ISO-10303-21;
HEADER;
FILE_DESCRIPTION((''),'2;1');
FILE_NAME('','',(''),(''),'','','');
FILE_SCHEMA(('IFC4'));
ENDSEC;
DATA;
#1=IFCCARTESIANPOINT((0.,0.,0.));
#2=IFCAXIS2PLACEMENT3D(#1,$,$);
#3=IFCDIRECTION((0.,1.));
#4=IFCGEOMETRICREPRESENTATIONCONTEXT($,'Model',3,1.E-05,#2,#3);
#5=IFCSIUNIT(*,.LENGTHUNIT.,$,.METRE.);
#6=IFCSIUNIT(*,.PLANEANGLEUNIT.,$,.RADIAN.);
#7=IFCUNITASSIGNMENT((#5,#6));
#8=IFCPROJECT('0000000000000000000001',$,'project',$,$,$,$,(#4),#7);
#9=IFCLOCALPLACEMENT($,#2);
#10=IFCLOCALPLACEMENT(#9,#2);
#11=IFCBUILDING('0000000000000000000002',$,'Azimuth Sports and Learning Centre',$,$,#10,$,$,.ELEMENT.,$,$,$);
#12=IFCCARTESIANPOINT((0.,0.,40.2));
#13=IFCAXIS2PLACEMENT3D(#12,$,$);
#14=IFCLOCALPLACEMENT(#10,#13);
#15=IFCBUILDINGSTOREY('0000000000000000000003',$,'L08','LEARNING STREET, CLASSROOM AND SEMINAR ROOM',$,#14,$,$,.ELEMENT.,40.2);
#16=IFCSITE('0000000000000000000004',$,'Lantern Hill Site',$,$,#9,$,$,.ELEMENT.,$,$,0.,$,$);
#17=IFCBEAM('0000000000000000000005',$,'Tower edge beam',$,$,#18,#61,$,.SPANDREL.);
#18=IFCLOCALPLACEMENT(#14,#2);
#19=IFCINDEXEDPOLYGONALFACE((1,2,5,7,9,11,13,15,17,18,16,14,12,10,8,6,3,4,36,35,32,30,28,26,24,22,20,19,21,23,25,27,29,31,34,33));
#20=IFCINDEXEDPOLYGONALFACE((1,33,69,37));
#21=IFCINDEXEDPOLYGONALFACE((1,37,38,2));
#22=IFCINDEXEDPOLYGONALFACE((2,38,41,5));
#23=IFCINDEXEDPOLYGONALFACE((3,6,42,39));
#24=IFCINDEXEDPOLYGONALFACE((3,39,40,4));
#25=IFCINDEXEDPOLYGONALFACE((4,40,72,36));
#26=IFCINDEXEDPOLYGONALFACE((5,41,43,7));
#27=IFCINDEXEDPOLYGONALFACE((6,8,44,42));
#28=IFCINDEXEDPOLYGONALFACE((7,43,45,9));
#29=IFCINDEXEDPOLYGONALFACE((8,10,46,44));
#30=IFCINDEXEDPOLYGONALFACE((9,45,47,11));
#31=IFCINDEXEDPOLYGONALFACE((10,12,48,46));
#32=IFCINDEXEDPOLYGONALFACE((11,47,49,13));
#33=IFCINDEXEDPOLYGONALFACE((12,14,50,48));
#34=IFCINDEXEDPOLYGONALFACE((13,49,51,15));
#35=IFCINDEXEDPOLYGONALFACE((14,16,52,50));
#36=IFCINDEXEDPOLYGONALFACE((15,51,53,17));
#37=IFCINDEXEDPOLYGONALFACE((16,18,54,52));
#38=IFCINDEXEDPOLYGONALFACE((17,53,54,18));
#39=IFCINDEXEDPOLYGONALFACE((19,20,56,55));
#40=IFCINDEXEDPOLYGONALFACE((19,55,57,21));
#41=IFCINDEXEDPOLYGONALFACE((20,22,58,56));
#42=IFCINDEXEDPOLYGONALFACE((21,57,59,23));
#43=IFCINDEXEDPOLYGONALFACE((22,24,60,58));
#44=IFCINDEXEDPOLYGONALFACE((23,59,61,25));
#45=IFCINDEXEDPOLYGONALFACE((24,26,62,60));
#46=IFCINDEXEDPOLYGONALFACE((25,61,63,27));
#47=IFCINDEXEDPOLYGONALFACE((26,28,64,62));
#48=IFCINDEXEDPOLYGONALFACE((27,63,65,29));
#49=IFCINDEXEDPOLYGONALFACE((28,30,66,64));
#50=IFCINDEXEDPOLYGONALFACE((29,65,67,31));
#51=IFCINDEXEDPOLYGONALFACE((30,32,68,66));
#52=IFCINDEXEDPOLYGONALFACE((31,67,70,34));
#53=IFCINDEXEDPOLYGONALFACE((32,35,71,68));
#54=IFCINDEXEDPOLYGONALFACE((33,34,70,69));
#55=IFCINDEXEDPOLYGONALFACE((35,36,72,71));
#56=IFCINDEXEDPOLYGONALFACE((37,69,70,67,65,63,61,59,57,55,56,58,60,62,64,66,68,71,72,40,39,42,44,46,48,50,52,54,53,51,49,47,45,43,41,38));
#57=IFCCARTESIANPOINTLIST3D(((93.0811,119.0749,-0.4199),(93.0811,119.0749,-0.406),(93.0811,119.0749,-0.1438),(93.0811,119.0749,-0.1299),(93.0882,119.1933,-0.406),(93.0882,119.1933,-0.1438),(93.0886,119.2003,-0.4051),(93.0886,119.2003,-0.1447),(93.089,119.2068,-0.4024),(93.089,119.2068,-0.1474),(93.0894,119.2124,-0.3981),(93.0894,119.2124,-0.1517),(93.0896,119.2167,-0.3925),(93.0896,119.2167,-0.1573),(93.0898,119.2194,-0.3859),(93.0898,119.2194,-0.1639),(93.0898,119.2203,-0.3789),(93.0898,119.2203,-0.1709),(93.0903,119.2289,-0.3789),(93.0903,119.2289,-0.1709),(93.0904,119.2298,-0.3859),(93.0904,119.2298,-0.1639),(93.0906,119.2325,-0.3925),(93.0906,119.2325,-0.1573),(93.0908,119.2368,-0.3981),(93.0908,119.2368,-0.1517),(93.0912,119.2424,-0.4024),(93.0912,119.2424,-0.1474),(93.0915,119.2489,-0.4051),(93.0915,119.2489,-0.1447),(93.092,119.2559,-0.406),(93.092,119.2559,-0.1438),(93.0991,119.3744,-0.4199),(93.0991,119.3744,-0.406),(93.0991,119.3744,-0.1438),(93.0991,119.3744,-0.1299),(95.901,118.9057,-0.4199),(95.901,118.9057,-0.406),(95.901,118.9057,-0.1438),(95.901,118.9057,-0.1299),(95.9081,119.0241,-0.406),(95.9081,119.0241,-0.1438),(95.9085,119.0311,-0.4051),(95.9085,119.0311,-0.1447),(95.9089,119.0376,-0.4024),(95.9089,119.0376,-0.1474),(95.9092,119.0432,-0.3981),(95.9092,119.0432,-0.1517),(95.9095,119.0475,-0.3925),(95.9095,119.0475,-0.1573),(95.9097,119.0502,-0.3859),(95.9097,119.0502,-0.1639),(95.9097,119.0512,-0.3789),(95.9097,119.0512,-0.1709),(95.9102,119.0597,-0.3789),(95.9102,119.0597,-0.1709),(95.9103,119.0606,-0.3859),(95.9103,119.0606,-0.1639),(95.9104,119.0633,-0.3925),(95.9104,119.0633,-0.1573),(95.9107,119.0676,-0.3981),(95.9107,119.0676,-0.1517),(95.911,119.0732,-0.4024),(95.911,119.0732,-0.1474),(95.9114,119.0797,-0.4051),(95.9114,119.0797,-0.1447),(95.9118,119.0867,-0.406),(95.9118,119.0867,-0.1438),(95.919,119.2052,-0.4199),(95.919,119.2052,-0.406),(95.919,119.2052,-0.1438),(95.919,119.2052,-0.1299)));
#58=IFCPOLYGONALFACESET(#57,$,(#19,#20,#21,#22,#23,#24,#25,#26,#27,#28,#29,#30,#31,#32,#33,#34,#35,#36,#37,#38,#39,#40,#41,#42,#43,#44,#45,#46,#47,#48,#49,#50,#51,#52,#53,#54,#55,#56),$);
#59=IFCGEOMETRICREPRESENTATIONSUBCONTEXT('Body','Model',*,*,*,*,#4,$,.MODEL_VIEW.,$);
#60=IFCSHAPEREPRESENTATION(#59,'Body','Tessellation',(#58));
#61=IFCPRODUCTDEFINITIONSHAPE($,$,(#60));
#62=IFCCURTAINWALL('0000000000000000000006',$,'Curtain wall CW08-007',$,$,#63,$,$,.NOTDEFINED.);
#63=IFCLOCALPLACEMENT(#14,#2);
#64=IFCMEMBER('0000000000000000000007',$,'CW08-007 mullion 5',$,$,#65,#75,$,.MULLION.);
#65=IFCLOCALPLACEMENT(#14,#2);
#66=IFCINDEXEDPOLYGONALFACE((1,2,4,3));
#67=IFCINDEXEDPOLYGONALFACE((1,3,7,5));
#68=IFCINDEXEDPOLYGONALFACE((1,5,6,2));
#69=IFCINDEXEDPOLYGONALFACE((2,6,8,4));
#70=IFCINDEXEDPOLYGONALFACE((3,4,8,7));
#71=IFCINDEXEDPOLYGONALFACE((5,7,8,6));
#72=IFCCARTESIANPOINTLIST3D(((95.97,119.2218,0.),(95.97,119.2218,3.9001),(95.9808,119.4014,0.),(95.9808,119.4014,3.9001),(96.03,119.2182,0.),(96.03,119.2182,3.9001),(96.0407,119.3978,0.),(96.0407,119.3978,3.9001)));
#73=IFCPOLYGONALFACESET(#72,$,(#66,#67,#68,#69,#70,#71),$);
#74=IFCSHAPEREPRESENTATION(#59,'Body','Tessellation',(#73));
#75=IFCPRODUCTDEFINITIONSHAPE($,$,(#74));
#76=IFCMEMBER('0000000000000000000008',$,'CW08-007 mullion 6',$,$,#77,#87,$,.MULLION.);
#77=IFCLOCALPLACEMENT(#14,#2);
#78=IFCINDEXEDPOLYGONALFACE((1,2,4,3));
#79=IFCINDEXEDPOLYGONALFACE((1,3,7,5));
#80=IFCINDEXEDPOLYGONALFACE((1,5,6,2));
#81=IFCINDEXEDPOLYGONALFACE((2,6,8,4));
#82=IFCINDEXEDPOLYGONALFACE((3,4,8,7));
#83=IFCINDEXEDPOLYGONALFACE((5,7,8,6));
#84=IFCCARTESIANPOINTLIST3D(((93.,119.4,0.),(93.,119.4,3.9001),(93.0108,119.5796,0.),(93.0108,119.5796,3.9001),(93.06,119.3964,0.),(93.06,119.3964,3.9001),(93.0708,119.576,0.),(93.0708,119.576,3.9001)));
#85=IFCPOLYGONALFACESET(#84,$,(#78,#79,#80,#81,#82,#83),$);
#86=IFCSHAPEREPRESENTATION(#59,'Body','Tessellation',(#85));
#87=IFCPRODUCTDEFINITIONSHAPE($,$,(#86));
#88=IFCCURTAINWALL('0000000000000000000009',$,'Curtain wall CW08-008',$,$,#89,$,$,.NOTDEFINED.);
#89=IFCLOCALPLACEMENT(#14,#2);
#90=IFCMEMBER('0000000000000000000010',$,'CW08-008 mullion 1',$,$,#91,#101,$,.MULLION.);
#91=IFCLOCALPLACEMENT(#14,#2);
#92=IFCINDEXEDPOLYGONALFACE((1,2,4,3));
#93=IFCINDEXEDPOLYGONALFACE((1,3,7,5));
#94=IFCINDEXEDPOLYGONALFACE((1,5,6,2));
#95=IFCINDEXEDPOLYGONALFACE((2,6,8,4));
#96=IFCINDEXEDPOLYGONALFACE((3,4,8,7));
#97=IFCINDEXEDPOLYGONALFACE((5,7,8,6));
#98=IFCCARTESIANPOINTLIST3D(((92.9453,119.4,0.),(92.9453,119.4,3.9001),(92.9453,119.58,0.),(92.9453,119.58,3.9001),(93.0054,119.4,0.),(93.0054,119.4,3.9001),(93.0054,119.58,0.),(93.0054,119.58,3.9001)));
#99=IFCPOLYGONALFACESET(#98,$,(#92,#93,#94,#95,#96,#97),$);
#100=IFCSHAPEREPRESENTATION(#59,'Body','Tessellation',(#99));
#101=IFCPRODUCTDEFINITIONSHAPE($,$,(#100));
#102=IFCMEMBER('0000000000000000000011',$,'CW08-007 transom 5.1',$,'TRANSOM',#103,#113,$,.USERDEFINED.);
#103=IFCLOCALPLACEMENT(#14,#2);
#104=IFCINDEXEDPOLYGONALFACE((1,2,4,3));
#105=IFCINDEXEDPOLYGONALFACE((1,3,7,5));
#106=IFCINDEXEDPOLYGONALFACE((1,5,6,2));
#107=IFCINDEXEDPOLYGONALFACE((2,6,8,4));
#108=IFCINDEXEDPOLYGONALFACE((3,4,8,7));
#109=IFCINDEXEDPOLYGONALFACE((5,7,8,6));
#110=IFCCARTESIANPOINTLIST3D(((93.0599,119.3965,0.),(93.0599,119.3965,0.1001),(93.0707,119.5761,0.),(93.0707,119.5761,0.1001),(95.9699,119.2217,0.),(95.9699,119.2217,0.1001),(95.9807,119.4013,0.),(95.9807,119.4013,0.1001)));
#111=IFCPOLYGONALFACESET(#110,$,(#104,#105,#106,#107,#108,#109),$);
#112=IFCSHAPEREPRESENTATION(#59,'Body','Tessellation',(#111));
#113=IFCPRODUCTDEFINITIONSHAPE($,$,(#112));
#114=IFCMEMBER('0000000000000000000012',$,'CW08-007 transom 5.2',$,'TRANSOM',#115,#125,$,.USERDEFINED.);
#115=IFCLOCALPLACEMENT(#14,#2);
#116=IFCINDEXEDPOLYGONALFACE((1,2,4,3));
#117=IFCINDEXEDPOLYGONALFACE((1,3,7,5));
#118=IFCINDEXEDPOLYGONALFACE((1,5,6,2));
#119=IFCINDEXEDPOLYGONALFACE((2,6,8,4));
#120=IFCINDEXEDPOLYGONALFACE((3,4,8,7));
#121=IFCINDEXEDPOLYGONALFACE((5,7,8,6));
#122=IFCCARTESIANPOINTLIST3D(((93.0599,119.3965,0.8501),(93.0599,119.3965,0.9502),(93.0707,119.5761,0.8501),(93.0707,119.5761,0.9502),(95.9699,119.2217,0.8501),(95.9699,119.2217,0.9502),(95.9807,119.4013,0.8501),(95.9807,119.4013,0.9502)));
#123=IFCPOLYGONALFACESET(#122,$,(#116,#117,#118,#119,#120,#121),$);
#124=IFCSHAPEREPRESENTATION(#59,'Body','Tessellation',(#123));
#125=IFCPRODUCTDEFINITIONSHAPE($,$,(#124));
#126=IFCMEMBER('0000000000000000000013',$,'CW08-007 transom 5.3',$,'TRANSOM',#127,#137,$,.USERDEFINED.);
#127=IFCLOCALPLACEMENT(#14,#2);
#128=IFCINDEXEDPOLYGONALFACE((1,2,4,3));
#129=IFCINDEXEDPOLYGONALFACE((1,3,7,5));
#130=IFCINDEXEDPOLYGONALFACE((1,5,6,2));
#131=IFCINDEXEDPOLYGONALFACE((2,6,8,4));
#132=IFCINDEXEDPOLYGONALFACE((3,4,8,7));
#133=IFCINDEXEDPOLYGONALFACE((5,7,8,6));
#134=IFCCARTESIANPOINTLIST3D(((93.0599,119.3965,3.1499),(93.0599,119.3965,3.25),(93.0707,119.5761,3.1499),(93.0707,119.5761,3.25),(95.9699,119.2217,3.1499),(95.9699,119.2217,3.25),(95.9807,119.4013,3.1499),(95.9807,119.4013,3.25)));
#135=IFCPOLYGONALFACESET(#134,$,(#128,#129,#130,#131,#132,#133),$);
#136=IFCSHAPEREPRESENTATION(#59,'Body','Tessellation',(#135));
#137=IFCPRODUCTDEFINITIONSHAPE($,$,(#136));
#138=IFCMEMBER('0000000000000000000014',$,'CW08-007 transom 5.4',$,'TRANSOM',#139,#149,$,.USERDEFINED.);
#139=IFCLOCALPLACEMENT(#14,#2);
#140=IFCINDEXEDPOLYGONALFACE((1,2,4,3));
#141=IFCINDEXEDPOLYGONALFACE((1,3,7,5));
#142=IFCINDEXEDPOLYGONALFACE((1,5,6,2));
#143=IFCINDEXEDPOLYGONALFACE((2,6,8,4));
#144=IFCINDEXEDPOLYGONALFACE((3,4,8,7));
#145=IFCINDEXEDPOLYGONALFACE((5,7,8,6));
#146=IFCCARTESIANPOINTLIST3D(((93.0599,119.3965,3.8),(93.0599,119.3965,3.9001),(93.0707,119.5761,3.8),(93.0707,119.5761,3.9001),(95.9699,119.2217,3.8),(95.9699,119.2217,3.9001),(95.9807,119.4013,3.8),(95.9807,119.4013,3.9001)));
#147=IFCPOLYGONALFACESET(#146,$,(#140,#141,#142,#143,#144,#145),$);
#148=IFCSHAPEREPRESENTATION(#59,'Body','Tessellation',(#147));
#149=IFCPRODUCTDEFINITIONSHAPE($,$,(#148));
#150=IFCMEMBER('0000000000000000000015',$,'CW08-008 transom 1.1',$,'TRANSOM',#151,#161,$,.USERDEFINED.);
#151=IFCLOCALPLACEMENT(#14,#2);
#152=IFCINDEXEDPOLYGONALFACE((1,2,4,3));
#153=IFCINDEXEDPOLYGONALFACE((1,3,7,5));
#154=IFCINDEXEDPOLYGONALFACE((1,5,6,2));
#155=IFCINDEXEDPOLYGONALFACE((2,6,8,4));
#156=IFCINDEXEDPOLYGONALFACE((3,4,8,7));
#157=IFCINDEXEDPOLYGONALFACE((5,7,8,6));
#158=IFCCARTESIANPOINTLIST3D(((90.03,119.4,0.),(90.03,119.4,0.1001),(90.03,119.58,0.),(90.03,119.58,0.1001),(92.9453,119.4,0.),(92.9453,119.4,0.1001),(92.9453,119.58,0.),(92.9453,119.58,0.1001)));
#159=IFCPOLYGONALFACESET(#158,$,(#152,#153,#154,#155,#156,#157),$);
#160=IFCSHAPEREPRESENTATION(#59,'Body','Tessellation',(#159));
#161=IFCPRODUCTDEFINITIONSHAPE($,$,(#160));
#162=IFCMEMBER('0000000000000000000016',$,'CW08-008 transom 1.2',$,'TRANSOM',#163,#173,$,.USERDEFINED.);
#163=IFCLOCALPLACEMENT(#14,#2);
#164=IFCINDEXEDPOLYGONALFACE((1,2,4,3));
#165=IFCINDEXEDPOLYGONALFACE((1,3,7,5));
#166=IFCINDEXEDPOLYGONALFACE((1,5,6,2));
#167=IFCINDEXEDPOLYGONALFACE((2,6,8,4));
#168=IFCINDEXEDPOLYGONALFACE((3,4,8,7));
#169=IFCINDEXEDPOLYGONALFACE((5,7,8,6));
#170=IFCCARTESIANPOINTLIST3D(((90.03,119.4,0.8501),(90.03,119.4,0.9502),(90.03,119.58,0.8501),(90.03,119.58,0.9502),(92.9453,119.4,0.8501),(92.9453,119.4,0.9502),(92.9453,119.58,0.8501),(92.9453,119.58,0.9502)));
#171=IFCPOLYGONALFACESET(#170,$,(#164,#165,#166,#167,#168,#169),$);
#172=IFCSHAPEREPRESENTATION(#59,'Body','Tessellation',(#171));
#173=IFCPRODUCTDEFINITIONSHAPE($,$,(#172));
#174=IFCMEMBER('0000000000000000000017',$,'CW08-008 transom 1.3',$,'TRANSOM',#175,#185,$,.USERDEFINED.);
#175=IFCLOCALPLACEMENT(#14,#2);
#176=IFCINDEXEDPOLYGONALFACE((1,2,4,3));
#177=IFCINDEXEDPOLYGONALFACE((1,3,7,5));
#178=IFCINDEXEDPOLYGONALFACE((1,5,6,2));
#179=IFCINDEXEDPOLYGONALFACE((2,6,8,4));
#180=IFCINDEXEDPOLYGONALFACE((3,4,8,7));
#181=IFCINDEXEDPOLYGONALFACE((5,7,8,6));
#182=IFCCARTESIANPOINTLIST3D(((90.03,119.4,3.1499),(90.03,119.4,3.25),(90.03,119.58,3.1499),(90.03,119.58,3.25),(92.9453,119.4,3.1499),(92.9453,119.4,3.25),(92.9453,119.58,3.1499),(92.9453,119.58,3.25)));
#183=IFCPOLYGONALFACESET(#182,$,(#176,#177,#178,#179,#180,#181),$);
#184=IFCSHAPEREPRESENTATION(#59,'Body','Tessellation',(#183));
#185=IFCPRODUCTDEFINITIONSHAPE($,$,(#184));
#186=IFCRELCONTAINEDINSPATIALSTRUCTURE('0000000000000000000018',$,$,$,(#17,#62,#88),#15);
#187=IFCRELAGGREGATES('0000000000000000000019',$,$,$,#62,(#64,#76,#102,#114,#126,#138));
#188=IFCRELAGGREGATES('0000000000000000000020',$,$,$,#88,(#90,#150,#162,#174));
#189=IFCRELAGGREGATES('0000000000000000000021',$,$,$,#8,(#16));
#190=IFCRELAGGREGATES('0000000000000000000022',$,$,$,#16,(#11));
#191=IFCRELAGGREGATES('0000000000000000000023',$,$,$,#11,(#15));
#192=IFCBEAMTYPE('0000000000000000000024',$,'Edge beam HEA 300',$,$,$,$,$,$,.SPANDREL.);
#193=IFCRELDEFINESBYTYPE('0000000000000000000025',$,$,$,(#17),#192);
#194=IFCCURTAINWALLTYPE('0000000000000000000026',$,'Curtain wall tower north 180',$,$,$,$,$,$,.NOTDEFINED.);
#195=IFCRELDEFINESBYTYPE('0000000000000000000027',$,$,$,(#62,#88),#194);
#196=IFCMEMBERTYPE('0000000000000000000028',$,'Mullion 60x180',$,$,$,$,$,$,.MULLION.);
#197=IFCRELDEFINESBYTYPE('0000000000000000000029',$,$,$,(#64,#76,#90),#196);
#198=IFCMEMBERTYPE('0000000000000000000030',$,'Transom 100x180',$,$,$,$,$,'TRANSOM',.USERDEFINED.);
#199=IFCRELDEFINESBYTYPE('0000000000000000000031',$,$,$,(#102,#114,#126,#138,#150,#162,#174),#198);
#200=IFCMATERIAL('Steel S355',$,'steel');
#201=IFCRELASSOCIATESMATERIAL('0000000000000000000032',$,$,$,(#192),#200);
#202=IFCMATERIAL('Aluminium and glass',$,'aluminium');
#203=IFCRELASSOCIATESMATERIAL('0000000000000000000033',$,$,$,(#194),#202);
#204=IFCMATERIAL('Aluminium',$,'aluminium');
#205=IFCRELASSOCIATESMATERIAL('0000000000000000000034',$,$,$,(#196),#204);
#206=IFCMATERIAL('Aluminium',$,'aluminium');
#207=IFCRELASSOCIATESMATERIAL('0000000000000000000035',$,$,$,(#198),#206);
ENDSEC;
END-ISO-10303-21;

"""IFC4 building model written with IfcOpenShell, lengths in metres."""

from ifc_helpers import new_model, si_unit, direction, frame, origin, origin_2d, place, context, subcontext, project, spatial, rectangle, i_section, extrude, material, material_profile, profile_set, type_object, element, aggregate, save


model = new_model("IFC4")

# Units and contexts
model_context = context("Model", 3, precision=1e-05, world=origin(), true_north=direction((0.0, 1.0)))
body_context = subcontext(model_context, "Body", "Model", "MODEL_VIEW")
ifc_project = project(units=[si_unit("LENGTHUNIT", "METRE"), si_unit("PLANEANGLEUNIT", "RADIAN")], contexts=[model_context])

# Site, building, storey
site_placement = place(None, origin())
site = spatial("IfcSite", under=ifc_project, at=site_placement, Name="Lantern Hill Site", CompositionType="ELEMENT", RefElevation=0.0)
building_placement = place(site_placement, origin())
building = spatial("IfcBuilding", under=site, at=building_placement, Name="Azimuth Sports and Learning Centre", CompositionType="ELEMENT")
storey_placement = place(building_placement, frame((0.0, 0.0, 40.2)))
storey = spatial("IfcBuildingStorey", under=building, at=storey_placement, Name="L08", Description="LEARNING STREET, CLASSROOM AND SEMINAR ROOM", CompositionType="ELEMENT", Elevation=40.2)

# Beam
ifc_material_1 = material(Name="Steel S355", Category="steel")
ifc_material_profile_1 = material_profile(ifc_material_1, i_section(OverallWidth=0.3, OverallDepth=0.29, WebThickness=0.0085, FlangeThickness=0.0139, FilletRadius=0.0271, at=origin_2d()), Name="HEA 300")
ifc_profile_set_1 = profile_set([ifc_material_profile_1], Name="Steel S355")
beam_type = type_object("IfcBeamType", Name="Edge beam HEA 300", PredefinedType="SPANDREL", material=ifc_profile_set_1)
beam_placement = place(storey_placement, frame((93.0901, 119.2246, -0.2749), z_axis=(0.998205, -0.059892, 0.0), x_axis=(0.059892, 0.998205, 0.0)))
element("IfcBeam", 1, at=beam_placement, inside=storey, type_object=beam_type, Name="Tower edge beam", PredefinedType="SPANDREL", context=body_context, shape_type="SweptSolid", body=[
    extrude(i_section(OverallWidth=0.3, OverallDepth=0.29, WebThickness=0.0085, FlangeThickness=0.0139, FilletRadius=0.0271, at=origin_2d()), origin(), (0.0, 0.0, 1.0), 2.825),
])

# Curtain wall, members
ifc_material_2 = material(Name="Aluminium and glass", Category="aluminium")
curtain_wall_type = type_object("IfcCurtainWallType", Name="Curtain wall tower north 180", PredefinedType="NOTDEFINED", material=ifc_material_2)
curtain_wall_1_placement = place(storey_placement, origin())
curtain_wall_1 = element("IfcCurtainWall", 2, at=curtain_wall_1_placement, inside=storey, type_object=curtain_wall_type, Name="Curtain wall CW08-007", PredefinedType="NOTDEFINED")
ifc_material_3 = material(Name="Aluminium", Category="aluminium")
ifc_material_profile_2 = material_profile(ifc_material_3, rectangle(XDim=0.1799, YDim=0.0601, at=origin_2d()), Name="Mullion 60x180")
ifc_profile_set_2 = profile_set([ifc_material_profile_2], Name="Aluminium")
member_type_1 = type_object("IfcMemberType", Name="Mullion 60x180", PredefinedType="MULLION", material=ifc_profile_set_2)
member_1_placement = place(storey_placement, frame((96.0054, 119.3098, 0.0), z_axis=(0.0, 0.0, 1.0), x_axis=(-0.059892, -0.998205, 0.0)))
member_1 = element("IfcMember", 3, at=member_1_placement, type_object=member_type_1, Name="CW08-007 mullion 5", PredefinedType="MULLION", context=body_context, shape_type="SweptSolid", body=[
    extrude(rectangle(XDim=0.1799, YDim=0.0601, at=origin_2d()), origin(), (0.0, 0.0, 1.0), 3.9001),
])
member_2_placement = place(storey_placement, frame((93.0354, 119.488, 0.0), z_axis=(0.0, 0.0, 1.0), x_axis=(-0.059892, -0.998205, 0.0)))
member_2 = element("IfcMember", 4, at=member_2_placement, type_object=member_type_1, Name="CW08-007 mullion 6", PredefinedType="MULLION", context=body_context, shape_type="SweptSolid", body=[
    extrude(rectangle(XDim=0.1799, YDim=0.0601, at=origin_2d()), origin(), (0.0, 0.0, 1.0), 3.9001),
])

# Curtain wall, member
curtain_wall_2_placement = place(storey_placement, origin())
curtain_wall_2 = element("IfcCurtainWall", 5, at=curtain_wall_2_placement, inside=storey, type_object=curtain_wall_type, Name="Curtain wall CW08-008", PredefinedType="NOTDEFINED")
member_3_placement = place(storey_placement, frame((92.9753, 119.49, 0.0), z_axis=(0.0, 0.0, 1.0), x_axis=(0.0, -1.0, 0.0)))
member_3 = element("IfcMember", 6, at=member_3_placement, type_object=member_type_1, Name="CW08-008 mullion 1", PredefinedType="MULLION", context=body_context, shape_type="SweptSolid", body=[
    extrude(rectangle(XDim=0.1799, YDim=0.0601, at=origin_2d()), origin(), (0.0, 0.0, 1.0), 3.9001),
])

# Members
ifc_material_4 = material(Name="Aluminium", Category="aluminium")
ifc_material_profile_3 = material_profile(ifc_material_4, rectangle(XDim=0.1799, YDim=0.1001, at=origin_2d()), Name="Transom 100x180")
ifc_profile_set_3 = profile_set([ifc_material_profile_3], Name="Aluminium")
member_type_2 = type_object("IfcMemberType", Name="Transom 100x180", ElementType="TRANSOM", PredefinedType="USERDEFINED", material=ifc_profile_set_3)
member_4_placement = place(storey_placement, frame((95.9753, 119.3115, 0.05), z_axis=(-0.998201, 0.059959, 0.0), x_axis=(-0.059959, -0.998201, 0.0)))
member_4 = element("IfcMember", 7, at=member_4_placement, type_object=member_type_2, Name="CW08-007 transom 5.1", ObjectType="TRANSOM", PredefinedType="USERDEFINED", context=body_context, shape_type="SweptSolid", body=[
    extrude(rectangle(XDim=0.1799, YDim=0.1001, at=origin_2d()), origin(), (0.0, 0.0, 1.0), 2.9153),
])
member_5_placement = place(storey_placement, frame((95.9753, 119.3115, 0.9001), z_axis=(-0.998201, 0.059959, 0.0), x_axis=(-0.059959, -0.998201, 0.0)))
member_5 = element("IfcMember", 8, at=member_5_placement, type_object=member_type_2, Name="CW08-007 transom 5.2", ObjectType="TRANSOM", PredefinedType="USERDEFINED", context=body_context, shape_type="SweptSolid", body=[
    extrude(rectangle(XDim=0.1799, YDim=0.1001, at=origin_2d()), origin(), (0.0, 0.0, 1.0), 2.9153),
])
member_6_placement = place(storey_placement, frame((95.9753, 119.3115, 3.2), z_axis=(-0.998201, 0.059959, 0.0), x_axis=(-0.059959, -0.998201, 0.0)))
member_6 = element("IfcMember", 9, at=member_6_placement, type_object=member_type_2, Name="CW08-007 transom 5.3", ObjectType="TRANSOM", PredefinedType="USERDEFINED", context=body_context, shape_type="SweptSolid", body=[
    extrude(rectangle(XDim=0.1799, YDim=0.1001, at=origin_2d()), origin(), (0.0, 0.0, 1.0), 2.9153),
])
member_7_placement = place(storey_placement, frame((95.9753, 119.3115, 3.8501), z_axis=(-0.998201, 0.059959, 0.0), x_axis=(-0.059959, -0.998201, 0.0)))
member_7 = element("IfcMember", 10, at=member_7_placement, type_object=member_type_2, Name="CW08-007 transom 5.4", ObjectType="TRANSOM", PredefinedType="USERDEFINED", context=body_context, shape_type="SweptSolid", body=[
    extrude(rectangle(XDim=0.1799, YDim=0.1001, at=origin_2d()), origin(), (0.0, 0.0, 1.0), 2.9153),
])
member_8_placement = place(storey_placement, frame((92.9453, 119.49, 0.05), z_axis=(-1.0, 0.0, 0.0), x_axis=(0.0, -1.0, 0.0)))
member_8 = element("IfcMember", 11, at=member_8_placement, type_object=member_type_2, Name="CW08-008 transom 1.1", ObjectType="TRANSOM", PredefinedType="USERDEFINED", context=body_context, shape_type="SweptSolid", body=[
    extrude(rectangle(XDim=0.1799, YDim=0.1001, at=origin_2d()), origin(), (0.0, 0.0, 1.0), 2.9153),
])
member_9_placement = place(storey_placement, frame((92.9453, 119.49, 0.9001), z_axis=(-1.0, 0.0, 0.0), x_axis=(0.0, -1.0, 0.0)))
member_9 = element("IfcMember", 12, at=member_9_placement, type_object=member_type_2, Name="CW08-008 transom 1.2", ObjectType="TRANSOM", PredefinedType="USERDEFINED", context=body_context, shape_type="SweptSolid", body=[
    extrude(rectangle(XDim=0.1799, YDim=0.1001, at=origin_2d()), origin(), (0.0, 0.0, 1.0), 2.9153),
])
member_10_placement = place(storey_placement, frame((92.9453, 119.49, 3.2), z_axis=(-1.0, 0.0, 0.0), x_axis=(0.0, -1.0, 0.0)))
member_10 = element("IfcMember", 13, at=member_10_placement, type_object=member_type_2, Name="CW08-008 transom 1.3", ObjectType="TRANSOM", PredefinedType="USERDEFINED", context=body_context, shape_type="SweptSolid", body=[
    extrude(rectangle(XDim=0.1799, YDim=0.1001, at=origin_2d()), origin(), (0.0, 0.0, 1.0), 2.9153),
])

aggregate(curtain_wall_1, [member_1, member_2, member_4, member_5, member_6, member_7])
aggregate(curtain_wall_2, [member_3, member_8, member_9, member_10])

save(model, "model.ifc")
